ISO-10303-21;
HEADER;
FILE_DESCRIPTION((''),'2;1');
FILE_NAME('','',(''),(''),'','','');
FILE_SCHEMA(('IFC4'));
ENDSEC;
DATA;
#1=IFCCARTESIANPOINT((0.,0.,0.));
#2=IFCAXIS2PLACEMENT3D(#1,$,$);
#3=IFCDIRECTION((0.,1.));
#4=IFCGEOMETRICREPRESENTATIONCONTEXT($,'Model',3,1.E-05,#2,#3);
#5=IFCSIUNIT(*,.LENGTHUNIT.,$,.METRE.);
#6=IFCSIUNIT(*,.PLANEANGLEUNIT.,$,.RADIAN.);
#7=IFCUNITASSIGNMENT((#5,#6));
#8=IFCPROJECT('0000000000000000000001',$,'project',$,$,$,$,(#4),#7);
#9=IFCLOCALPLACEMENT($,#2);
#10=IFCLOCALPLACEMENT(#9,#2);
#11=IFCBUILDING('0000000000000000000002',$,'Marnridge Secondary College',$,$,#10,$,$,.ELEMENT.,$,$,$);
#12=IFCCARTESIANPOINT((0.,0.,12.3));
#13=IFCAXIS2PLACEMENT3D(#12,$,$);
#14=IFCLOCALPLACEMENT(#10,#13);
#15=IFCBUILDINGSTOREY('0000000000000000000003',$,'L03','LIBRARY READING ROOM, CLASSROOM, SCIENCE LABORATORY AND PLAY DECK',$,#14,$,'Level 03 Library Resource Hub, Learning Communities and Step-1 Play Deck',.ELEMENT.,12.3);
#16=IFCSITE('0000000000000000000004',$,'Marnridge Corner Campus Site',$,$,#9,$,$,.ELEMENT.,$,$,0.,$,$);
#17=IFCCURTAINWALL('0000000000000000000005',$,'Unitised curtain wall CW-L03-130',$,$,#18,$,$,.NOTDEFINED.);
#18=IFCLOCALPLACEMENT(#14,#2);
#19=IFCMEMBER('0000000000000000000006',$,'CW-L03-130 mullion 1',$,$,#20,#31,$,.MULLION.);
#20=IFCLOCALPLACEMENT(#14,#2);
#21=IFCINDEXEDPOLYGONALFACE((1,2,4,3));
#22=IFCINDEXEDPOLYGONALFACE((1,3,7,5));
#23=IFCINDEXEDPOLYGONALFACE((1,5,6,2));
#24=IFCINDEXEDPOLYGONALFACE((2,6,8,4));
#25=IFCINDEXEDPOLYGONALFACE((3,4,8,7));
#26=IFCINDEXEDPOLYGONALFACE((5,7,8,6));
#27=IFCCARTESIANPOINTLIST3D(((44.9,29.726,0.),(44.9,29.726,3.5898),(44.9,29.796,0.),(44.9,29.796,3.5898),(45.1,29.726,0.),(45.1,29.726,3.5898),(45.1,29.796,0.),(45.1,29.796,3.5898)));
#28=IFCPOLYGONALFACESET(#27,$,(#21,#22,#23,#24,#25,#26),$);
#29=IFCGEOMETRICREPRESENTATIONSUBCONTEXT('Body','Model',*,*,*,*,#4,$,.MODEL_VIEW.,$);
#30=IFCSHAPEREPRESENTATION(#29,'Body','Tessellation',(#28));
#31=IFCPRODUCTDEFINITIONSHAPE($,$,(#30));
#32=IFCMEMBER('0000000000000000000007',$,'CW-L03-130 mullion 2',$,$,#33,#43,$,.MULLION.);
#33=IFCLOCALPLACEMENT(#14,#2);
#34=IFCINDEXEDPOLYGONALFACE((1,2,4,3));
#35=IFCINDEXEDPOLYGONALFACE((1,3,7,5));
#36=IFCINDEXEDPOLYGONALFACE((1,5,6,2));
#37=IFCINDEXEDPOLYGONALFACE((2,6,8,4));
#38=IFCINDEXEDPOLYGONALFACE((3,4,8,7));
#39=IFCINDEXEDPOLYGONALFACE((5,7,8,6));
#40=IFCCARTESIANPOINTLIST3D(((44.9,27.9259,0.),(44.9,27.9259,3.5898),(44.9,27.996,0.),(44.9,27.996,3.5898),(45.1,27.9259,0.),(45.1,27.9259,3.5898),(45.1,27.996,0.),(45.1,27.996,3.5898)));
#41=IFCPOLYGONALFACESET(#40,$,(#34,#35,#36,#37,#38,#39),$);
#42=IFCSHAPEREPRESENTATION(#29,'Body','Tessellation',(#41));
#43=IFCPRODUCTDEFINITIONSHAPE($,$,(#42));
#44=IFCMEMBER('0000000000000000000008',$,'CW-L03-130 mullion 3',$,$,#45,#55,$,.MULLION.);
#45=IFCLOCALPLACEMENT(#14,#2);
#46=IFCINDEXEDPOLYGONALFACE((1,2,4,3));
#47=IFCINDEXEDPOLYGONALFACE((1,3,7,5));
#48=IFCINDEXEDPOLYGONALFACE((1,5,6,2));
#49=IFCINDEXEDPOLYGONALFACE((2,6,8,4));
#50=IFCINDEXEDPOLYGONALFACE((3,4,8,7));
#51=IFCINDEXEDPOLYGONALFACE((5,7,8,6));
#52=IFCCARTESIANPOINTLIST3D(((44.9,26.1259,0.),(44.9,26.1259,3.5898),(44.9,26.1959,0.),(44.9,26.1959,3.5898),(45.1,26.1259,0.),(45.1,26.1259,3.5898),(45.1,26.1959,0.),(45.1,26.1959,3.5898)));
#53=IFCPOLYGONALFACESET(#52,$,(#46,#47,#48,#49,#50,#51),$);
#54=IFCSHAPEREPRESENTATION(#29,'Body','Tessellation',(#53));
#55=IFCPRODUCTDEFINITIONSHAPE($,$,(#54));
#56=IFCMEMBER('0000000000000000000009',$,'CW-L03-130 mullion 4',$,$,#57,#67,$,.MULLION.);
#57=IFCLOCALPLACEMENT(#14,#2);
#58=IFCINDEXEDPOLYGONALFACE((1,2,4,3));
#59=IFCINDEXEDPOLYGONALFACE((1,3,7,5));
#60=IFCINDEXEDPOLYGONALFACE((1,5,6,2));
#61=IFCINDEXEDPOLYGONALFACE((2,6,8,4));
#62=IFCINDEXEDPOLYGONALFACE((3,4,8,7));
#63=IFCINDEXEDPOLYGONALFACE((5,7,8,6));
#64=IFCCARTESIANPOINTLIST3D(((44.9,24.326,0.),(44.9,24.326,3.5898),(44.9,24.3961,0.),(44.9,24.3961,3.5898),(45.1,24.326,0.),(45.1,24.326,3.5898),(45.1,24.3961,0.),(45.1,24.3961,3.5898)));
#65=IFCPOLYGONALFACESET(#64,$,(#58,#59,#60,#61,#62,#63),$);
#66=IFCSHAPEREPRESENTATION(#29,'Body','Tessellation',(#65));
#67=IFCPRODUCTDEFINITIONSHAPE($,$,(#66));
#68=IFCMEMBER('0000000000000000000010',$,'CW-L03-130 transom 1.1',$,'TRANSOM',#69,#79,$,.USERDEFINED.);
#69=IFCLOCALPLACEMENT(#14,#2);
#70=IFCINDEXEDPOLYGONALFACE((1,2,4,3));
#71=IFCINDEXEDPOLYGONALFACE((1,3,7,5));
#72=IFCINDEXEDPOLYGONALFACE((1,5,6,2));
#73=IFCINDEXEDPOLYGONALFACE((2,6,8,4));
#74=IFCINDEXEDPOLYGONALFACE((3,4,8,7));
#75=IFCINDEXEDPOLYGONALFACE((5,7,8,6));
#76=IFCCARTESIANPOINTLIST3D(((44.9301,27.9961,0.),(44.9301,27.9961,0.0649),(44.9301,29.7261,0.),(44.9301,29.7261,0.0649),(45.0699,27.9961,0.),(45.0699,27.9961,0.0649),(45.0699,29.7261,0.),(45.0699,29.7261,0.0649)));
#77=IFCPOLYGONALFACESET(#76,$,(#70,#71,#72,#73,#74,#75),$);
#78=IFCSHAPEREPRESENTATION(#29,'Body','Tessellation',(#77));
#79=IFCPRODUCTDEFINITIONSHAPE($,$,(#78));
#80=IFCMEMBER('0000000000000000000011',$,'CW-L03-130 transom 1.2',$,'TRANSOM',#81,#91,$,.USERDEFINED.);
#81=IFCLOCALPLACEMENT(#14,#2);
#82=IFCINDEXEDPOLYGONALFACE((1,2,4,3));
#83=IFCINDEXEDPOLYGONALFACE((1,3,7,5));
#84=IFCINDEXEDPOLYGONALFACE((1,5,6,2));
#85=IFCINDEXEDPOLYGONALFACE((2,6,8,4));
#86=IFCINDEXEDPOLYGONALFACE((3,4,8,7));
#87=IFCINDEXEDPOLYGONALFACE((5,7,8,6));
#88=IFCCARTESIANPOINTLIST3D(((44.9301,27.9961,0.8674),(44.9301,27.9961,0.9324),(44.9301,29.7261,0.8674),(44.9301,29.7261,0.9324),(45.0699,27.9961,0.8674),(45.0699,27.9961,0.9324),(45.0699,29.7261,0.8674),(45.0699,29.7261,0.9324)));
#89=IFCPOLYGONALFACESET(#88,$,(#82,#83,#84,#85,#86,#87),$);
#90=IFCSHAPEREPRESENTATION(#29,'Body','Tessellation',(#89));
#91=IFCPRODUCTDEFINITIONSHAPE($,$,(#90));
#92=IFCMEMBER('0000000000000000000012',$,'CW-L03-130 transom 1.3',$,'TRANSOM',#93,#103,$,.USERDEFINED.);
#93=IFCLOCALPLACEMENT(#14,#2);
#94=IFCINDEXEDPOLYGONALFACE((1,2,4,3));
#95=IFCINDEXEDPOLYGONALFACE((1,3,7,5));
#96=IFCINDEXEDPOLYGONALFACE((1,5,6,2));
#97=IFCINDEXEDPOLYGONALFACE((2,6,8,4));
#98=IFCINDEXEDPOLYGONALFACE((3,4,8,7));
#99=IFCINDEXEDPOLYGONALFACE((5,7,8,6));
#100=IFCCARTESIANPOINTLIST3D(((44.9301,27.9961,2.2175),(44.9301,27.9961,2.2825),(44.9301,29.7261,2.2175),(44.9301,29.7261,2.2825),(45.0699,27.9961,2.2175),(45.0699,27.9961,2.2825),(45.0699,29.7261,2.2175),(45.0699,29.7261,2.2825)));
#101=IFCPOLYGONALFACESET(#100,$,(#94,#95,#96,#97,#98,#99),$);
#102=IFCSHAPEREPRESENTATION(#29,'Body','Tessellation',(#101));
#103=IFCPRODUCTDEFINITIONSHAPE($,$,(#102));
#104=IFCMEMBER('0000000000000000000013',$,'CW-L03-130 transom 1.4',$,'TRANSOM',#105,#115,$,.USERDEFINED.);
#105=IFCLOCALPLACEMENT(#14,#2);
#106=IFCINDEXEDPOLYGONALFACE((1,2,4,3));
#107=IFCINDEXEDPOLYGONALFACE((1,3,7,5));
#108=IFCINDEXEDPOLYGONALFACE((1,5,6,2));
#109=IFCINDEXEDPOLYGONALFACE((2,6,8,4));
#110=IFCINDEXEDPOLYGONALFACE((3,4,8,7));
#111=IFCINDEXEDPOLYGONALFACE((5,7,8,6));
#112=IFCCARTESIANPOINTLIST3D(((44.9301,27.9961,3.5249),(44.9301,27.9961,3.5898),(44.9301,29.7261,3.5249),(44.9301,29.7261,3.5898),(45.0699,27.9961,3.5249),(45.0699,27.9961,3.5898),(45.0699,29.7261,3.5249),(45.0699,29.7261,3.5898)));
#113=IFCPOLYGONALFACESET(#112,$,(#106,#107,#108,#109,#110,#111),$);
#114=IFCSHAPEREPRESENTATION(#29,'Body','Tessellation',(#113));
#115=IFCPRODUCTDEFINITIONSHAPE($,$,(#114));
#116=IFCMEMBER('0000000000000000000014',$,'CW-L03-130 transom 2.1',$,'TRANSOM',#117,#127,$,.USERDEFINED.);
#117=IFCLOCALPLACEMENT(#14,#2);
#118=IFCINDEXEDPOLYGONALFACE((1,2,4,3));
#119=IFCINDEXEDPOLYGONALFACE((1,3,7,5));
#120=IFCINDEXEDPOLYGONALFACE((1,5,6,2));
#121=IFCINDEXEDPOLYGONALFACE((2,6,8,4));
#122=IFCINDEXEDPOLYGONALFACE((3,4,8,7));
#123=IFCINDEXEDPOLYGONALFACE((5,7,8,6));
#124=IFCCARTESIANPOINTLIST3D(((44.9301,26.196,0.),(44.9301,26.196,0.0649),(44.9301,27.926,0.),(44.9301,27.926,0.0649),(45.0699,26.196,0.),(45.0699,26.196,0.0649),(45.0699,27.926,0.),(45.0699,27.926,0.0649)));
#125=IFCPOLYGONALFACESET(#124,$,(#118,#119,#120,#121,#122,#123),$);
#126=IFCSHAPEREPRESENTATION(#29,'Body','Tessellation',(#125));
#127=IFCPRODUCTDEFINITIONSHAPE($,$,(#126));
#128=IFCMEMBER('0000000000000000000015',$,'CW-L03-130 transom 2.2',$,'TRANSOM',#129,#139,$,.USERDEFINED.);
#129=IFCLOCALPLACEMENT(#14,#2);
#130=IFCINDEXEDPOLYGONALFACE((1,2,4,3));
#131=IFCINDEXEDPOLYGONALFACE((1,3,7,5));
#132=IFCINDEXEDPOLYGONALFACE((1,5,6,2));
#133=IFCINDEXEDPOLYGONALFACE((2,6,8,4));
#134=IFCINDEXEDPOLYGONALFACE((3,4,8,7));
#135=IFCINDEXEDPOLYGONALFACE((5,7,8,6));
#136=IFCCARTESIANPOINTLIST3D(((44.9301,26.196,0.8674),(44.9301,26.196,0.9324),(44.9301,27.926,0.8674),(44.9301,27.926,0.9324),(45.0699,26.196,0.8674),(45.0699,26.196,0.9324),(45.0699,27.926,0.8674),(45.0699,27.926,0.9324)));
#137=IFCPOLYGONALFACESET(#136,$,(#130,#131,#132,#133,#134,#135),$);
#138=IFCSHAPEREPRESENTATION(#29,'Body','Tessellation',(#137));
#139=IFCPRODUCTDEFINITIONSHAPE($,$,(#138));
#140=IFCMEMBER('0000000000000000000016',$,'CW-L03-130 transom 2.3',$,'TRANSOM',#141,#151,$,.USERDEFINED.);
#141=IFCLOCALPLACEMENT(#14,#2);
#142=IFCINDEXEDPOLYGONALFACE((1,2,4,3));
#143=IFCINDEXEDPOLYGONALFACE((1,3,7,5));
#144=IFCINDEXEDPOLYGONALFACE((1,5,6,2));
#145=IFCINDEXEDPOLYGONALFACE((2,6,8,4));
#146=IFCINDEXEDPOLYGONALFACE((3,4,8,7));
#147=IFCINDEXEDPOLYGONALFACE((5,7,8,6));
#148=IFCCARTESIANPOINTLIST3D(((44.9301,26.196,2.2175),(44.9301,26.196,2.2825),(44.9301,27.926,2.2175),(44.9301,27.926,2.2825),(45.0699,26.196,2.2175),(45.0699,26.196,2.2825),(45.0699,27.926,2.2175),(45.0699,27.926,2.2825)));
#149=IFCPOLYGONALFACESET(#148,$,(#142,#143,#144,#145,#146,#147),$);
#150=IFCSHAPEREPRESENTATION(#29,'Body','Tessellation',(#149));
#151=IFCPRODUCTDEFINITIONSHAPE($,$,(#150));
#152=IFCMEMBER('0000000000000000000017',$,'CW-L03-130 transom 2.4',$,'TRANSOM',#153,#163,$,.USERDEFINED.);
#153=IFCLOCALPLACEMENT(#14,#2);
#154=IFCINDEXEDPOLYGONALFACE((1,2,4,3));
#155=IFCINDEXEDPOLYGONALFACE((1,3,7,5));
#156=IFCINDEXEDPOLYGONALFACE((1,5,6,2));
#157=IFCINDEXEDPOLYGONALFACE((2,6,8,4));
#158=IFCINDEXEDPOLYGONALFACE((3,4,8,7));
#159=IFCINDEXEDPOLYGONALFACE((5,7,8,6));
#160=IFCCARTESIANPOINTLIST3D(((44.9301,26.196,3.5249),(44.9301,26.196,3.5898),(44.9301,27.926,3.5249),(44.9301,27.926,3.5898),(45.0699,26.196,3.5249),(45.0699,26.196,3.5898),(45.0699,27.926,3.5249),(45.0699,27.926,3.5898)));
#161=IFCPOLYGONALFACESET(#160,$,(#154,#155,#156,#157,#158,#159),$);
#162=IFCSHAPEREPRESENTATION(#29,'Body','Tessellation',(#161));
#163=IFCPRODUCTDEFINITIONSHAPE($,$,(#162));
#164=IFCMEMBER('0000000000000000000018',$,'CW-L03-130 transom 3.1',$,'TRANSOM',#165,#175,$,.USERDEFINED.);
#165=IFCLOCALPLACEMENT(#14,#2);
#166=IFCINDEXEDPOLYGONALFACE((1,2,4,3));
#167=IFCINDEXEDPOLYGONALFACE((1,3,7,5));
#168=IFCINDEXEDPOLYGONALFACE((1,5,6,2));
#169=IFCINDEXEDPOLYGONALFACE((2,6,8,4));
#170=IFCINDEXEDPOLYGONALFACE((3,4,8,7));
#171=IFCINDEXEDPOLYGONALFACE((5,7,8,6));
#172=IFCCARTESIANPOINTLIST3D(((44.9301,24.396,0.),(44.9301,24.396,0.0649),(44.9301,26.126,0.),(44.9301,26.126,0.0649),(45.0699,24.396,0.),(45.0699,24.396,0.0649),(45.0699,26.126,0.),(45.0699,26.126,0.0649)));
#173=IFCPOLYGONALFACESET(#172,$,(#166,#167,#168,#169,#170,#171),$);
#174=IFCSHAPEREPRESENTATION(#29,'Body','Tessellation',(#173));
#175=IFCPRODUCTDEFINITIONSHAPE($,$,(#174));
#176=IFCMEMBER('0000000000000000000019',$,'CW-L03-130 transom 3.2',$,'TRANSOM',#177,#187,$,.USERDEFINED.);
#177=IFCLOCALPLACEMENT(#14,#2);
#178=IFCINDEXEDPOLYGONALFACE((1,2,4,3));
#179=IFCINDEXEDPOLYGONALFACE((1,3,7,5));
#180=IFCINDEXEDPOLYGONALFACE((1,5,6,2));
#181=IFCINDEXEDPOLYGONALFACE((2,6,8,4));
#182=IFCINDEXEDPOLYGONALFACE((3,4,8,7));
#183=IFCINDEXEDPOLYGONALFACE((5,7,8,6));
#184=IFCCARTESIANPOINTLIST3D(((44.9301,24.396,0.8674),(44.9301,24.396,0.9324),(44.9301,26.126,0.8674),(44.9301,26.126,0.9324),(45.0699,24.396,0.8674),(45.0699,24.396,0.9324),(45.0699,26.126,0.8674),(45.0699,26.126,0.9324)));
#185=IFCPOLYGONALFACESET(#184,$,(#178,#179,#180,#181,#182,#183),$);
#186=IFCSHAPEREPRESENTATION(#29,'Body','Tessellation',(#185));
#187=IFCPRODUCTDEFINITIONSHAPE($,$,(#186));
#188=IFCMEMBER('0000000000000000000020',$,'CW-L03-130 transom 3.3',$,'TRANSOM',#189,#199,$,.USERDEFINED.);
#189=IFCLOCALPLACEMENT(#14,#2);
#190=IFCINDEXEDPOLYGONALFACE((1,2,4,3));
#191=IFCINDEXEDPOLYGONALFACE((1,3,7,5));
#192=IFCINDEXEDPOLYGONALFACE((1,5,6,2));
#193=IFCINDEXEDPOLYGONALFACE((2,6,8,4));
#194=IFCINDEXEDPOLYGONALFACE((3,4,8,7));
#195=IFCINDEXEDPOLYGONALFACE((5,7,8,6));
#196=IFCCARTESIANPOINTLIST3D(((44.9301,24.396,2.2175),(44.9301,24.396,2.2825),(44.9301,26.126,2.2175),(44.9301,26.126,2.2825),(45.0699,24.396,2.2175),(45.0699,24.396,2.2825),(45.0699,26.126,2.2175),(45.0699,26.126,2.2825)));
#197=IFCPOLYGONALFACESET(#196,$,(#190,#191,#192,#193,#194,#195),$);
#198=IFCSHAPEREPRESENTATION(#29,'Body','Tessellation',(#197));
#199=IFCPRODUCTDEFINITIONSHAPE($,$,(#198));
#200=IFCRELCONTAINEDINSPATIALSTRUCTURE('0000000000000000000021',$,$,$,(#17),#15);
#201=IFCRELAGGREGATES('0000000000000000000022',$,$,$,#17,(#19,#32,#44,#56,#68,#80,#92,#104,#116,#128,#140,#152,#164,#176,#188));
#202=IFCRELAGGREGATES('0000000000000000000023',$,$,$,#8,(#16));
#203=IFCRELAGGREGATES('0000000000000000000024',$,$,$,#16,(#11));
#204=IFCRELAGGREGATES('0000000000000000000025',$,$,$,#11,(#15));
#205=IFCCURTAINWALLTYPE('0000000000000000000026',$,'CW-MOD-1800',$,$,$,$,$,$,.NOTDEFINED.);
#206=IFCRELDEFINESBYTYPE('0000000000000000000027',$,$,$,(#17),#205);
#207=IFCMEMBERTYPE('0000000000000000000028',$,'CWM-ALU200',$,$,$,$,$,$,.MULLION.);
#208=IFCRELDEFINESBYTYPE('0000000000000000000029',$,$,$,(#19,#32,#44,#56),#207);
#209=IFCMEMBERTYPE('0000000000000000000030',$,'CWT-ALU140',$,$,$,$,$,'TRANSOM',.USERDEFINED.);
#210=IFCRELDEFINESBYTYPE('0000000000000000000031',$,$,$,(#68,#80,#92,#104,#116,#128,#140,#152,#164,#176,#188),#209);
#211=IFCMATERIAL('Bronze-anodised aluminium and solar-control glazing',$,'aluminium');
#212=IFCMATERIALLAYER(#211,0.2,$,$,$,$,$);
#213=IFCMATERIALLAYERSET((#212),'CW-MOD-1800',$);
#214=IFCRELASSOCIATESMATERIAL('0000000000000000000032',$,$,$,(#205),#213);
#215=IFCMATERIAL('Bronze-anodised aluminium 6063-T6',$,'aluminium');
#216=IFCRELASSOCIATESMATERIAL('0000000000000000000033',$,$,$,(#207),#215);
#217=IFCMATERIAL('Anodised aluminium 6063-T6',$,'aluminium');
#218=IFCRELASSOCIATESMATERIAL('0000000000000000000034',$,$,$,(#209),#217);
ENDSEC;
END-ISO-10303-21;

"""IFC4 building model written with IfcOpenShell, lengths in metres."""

from ifc_helpers import new_model, si_unit, direction, frame, origin, origin_2d, place, context, subcontext, project, spatial, rectangle, extrude, material, layer, layer_set, material_profile, profile_set, type_object, element, aggregate, save


model = new_model("IFC4")

# Units and contexts
model_context = context("Model", 3, precision=1e-05, world=origin(), true_north=direction((0.0, 1.0)))
body_context = subcontext(model_context, "Body", "Model", "MODEL_VIEW")
ifc_project = project(units=[si_unit("LENGTHUNIT", "METRE"), si_unit("PLANEANGLEUNIT", "RADIAN")], contexts=[model_context])

# Site, building, storey
site_placement = place(None, origin())
site = spatial("IfcSite", under=ifc_project, at=site_placement, Name="Marnridge Corner Campus Site", CompositionType="ELEMENT", RefElevation=0.0)
building_placement = place(site_placement, origin())
building = spatial("IfcBuilding", under=site, at=building_placement, Name="Marnridge Secondary College", CompositionType="ELEMENT")
storey_placement = place(building_placement, frame((0.0, 0.0, 12.3)))
storey = spatial("IfcBuildingStorey", under=building, at=storey_placement, Name="L03", Description="LIBRARY READING ROOM, CLASSROOM, SCIENCE LABORATORY AND PLAY DECK", LongName="Level 03 Library Resource Hub, Learning Communities and Step-1 Play Deck", CompositionType="ELEMENT", Elevation=12.3)

# Curtain wall, members
ifc_material_1 = material(Name="Bronze-anodised aluminium and solar-control glazing", Category="aluminium")
ifc_layer_1 = layer(ifc_material_1, 0.2)
ifc_layer_set_1 = layer_set([ifc_layer_1], Name="CW-MOD-1800")
curtain_wall_type = type_object("IfcCurtainWallType", Name="CW-MOD-1800", PredefinedType="NOTDEFINED", material=ifc_layer_set_1)
curtain_wall_placement = place(storey_placement, origin())
curtain_wall = element("IfcCurtainWall", 1, at=curtain_wall_placement, inside=storey, type_object=curtain_wall_type, Name="Unitised curtain wall CW-L03-130", PredefinedType="NOTDEFINED")
ifc_material_2 = material(Name="Bronze-anodised aluminium 6063-T6", Category="aluminium")
ifc_material_profile_1 = material_profile(ifc_material_2, rectangle(XDim=0.0701, YDim=0.2, at=origin_2d()), Name="ALU 70x200")
ifc_profile_set_1 = profile_set([ifc_material_profile_1], Name="Bronze-anodised aluminium 6063-T6")
member_type_1 = type_object("IfcMemberType", Name="CWM-ALU200", PredefinedType="MULLION", material=ifc_profile_set_1)
member_1_placement = place(storey_placement, frame((45.0, 29.761, 0.0), z_axis=(0.0, 0.0, 1.0), x_axis=(0.0, -1.0, 0.0)))
member_1 = element("IfcMember", 2, at=member_1_placement, type_object=member_type_1, Name="CW-L03-130 mullion 1", PredefinedType="MULLION", context=body_context, shape_type="SweptSolid", body=[
    extrude(rectangle(XDim=0.0701, YDim=0.2, at=origin_2d()), origin(), (0.0, 0.0, 1.0), 3.5898),
])
member_2_placement = place(storey_placement, frame((45.0, 27.9609, 0.0), z_axis=(0.0, 0.0, 1.0), x_axis=(0.0, -1.0, 0.0)))
member_2 = element("IfcMember", 3, at=member_2_placement, type_object=member_type_1, Name="CW-L03-130 mullion 2", PredefinedType="MULLION", context=body_context, shape_type="SweptSolid", body=[
    extrude(rectangle(XDim=0.0701, YDim=0.2, at=origin_2d()), origin(), (0.0, 0.0, 1.0), 3.5898),
])
member_3_placement = place(storey_placement, frame((45.0, 26.1609, 0.0), z_axis=(0.0, 0.0, 1.0), x_axis=(0.0, -1.0, 0.0)))
member_3 = element("IfcMember", 4, at=member_3_placement, type_object=member_type_1, Name="CW-L03-130 mullion 3", PredefinedType="MULLION", context=body_context, shape_type="SweptSolid", body=[
    extrude(rectangle(XDim=0.0701, YDim=0.2, at=origin_2d()), origin(), (0.0, 0.0, 1.0), 3.5898),
])
member_4_placement = place(storey_placement, frame((45.0, 24.3611, 0.0), z_axis=(0.0, 0.0, 1.0), x_axis=(0.0, -1.0, 0.0)))
member_4 = element("IfcMember", 5, at=member_4_placement, type_object=member_type_1, Name="CW-L03-130 mullion 4", PredefinedType="MULLION", context=body_context, shape_type="SweptSolid", body=[
    extrude(rectangle(XDim=0.0701, YDim=0.2, at=origin_2d()), origin(), (0.0, 0.0, 1.0), 3.5898),
])
ifc_material_3 = material(Name="Anodised aluminium 6063-T6", Category="aluminium")
ifc_material_profile_2 = material_profile(ifc_material_3, rectangle(XDim=0.0649, YDim=0.1399, at=origin_2d()), Name="ALU 65x140")
ifc_profile_set_2 = profile_set([ifc_material_profile_2], Name="Anodised aluminium 6063-T6")
member_type_2 = type_object("IfcMemberType", Name="CWT-ALU140", ElementType="TRANSOM", PredefinedType="USERDEFINED", material=ifc_profile_set_2)
member_5_placement = place(storey_placement, frame((45.0, 29.7261, 0.0325), z_axis=(0.0, -1.0, 0.0), x_axis=(0.0, 0.0, 1.0)))
member_5 = element("IfcMember", 6, at=member_5_placement, type_object=member_type_2, Name="CW-L03-130 transom 1.1", ObjectType="TRANSOM", PredefinedType="USERDEFINED", context=body_context, shape_type="SweptSolid", body=[
    extrude(rectangle(XDim=0.0649, YDim=0.1399, at=origin_2d()), origin(), (0.0, 0.0, 1.0), 1.73),
])
member_6_placement = place(storey_placement, frame((45.0, 29.7261, 0.8999), z_axis=(0.0, -1.0, 0.0), x_axis=(0.0, 0.0, 1.0)))
member_6 = element("IfcMember", 7, at=member_6_placement, type_object=member_type_2, Name="CW-L03-130 transom 1.2", ObjectType="TRANSOM", PredefinedType="USERDEFINED", context=body_context, shape_type="SweptSolid", body=[
    extrude(rectangle(XDim=0.0649, YDim=0.1399, at=origin_2d()), origin(), (0.0, 0.0, 1.0), 1.73),
])
member_7_placement = place(storey_placement, frame((45.0, 29.7261, 2.25), z_axis=(0.0, -1.0, 0.0), x_axis=(0.0, 0.0, 1.0)))
member_7 = element("IfcMember", 8, at=member_7_placement, type_object=member_type_2, Name="CW-L03-130 transom 1.3", ObjectType="TRANSOM", PredefinedType="USERDEFINED", context=body_context, shape_type="SweptSolid", body=[
    extrude(rectangle(XDim=0.0649, YDim=0.1399, at=origin_2d()), origin(), (0.0, 0.0, 1.0), 1.73),
])
member_8_placement = place(storey_placement, frame((45.0, 29.7261, 3.5574), z_axis=(0.0, -1.0, 0.0), x_axis=(0.0, 0.0, 1.0)))
member_8 = element("IfcMember", 9, at=member_8_placement, type_object=member_type_2, Name="CW-L03-130 transom 1.4", ObjectType="TRANSOM", PredefinedType="USERDEFINED", context=body_context, shape_type="SweptSolid", body=[
    extrude(rectangle(XDim=0.0649, YDim=0.1399, at=origin_2d()), origin(), (0.0, 0.0, 1.0), 1.73),
])
member_9_placement = place(storey_placement, frame((45.0, 27.926, 0.0325), z_axis=(0.0, -1.0, 0.0), x_axis=(0.0, 0.0, 1.0)))
member_9 = element("IfcMember", 10, at=member_9_placement, type_object=member_type_2, Name="CW-L03-130 transom 2.1", ObjectType="TRANSOM", PredefinedType="USERDEFINED", context=body_context, shape_type="SweptSolid", body=[
    extrude(rectangle(XDim=0.0649, YDim=0.1399, at=origin_2d()), origin(), (0.0, 0.0, 1.0), 1.73),
])
member_10_placement = place(storey_placement, frame((45.0, 27.926, 0.8999), z_axis=(0.0, -1.0, 0.0), x_axis=(0.0, 0.0, 1.0)))
member_10 = element("IfcMember", 11, at=member_10_placement, type_object=member_type_2, Name="CW-L03-130 transom 2.2", ObjectType="TRANSOM", PredefinedType="USERDEFINED", context=body_context, shape_type="SweptSolid", body=[
    extrude(rectangle(XDim=0.0649, YDim=0.1399, at=origin_2d()), origin(), (0.0, 0.0, 1.0), 1.73),
])
member_11_placement = place(storey_placement, frame((45.0, 27.926, 2.25), z_axis=(0.0, -1.0, 0.0), x_axis=(0.0, 0.0, 1.0)))
member_11 = element("IfcMember", 12, at=member_11_placement, type_object=member_type_2, Name="CW-L03-130 transom 2.3", ObjectType="TRANSOM", PredefinedType="USERDEFINED", context=body_context, shape_type="SweptSolid", body=[
    extrude(rectangle(XDim=0.0649, YDim=0.1399, at=origin_2d()), origin(), (0.0, 0.0, 1.0), 1.73),
])
member_12_placement = place(storey_placement, frame((45.0, 27.926, 3.5574), z_axis=(0.0, -1.0, 0.0), x_axis=(0.0, 0.0, 1.0)))
member_12 = element("IfcMember", 13, at=member_12_placement, type_object=member_type_2, Name="CW-L03-130 transom 2.4", ObjectType="TRANSOM", PredefinedType="USERDEFINED", context=body_context, shape_type="SweptSolid", body=[
    extrude(rectangle(XDim=0.0649, YDim=0.1399, at=origin_2d()), origin(), (0.0, 0.0, 1.0), 1.73),
])
member_13_placement = place(storey_placement, frame((45.0, 26.126, 0.0325), z_axis=(0.0, -1.0, 0.0), x_axis=(0.0, 0.0, 1.0)))
member_13 = element("IfcMember", 14, at=member_13_placement, type_object=member_type_2, Name="CW-L03-130 transom 3.1", ObjectType="TRANSOM", PredefinedType="USERDEFINED", context=body_context, shape_type="SweptSolid", body=[
    extrude(rectangle(XDim=0.0649, YDim=0.1399, at=origin_2d()), origin(), (0.0, 0.0, 1.0), 1.73),
])
member_14_placement = place(storey_placement, frame((45.0, 26.126, 0.8999), z_axis=(0.0, -1.0, 0.0), x_axis=(0.0, 0.0, 1.0)))
member_14 = element("IfcMember", 15, at=member_14_placement, type_object=member_type_2, Name="CW-L03-130 transom 3.2", ObjectType="TRANSOM", PredefinedType="USERDEFINED", context=body_context, shape_type="SweptSolid", body=[
    extrude(rectangle(XDim=0.0649, YDim=0.1399, at=origin_2d()), origin(), (0.0, 0.0, 1.0), 1.73),
])
member_15_placement = place(storey_placement, frame((45.0, 26.126, 2.25), z_axis=(0.0, -1.0, 0.0), x_axis=(0.0, 0.0, 1.0)))
member_15 = element("IfcMember", 16, at=member_15_placement, type_object=member_type_2, Name="CW-L03-130 transom 3.3", ObjectType="TRANSOM", PredefinedType="USERDEFINED", context=body_context, shape_type="SweptSolid", body=[
    extrude(rectangle(XDim=0.0649, YDim=0.1399, at=origin_2d()), origin(), (0.0, 0.0, 1.0), 1.73),
])
aggregate(curtain_wall, [member_1, member_2, member_3, member_4, member_5, member_6, member_7, member_8, member_9, member_10, member_11, member_12, member_13, member_14, member_15])

save(model, "model.ifc")
